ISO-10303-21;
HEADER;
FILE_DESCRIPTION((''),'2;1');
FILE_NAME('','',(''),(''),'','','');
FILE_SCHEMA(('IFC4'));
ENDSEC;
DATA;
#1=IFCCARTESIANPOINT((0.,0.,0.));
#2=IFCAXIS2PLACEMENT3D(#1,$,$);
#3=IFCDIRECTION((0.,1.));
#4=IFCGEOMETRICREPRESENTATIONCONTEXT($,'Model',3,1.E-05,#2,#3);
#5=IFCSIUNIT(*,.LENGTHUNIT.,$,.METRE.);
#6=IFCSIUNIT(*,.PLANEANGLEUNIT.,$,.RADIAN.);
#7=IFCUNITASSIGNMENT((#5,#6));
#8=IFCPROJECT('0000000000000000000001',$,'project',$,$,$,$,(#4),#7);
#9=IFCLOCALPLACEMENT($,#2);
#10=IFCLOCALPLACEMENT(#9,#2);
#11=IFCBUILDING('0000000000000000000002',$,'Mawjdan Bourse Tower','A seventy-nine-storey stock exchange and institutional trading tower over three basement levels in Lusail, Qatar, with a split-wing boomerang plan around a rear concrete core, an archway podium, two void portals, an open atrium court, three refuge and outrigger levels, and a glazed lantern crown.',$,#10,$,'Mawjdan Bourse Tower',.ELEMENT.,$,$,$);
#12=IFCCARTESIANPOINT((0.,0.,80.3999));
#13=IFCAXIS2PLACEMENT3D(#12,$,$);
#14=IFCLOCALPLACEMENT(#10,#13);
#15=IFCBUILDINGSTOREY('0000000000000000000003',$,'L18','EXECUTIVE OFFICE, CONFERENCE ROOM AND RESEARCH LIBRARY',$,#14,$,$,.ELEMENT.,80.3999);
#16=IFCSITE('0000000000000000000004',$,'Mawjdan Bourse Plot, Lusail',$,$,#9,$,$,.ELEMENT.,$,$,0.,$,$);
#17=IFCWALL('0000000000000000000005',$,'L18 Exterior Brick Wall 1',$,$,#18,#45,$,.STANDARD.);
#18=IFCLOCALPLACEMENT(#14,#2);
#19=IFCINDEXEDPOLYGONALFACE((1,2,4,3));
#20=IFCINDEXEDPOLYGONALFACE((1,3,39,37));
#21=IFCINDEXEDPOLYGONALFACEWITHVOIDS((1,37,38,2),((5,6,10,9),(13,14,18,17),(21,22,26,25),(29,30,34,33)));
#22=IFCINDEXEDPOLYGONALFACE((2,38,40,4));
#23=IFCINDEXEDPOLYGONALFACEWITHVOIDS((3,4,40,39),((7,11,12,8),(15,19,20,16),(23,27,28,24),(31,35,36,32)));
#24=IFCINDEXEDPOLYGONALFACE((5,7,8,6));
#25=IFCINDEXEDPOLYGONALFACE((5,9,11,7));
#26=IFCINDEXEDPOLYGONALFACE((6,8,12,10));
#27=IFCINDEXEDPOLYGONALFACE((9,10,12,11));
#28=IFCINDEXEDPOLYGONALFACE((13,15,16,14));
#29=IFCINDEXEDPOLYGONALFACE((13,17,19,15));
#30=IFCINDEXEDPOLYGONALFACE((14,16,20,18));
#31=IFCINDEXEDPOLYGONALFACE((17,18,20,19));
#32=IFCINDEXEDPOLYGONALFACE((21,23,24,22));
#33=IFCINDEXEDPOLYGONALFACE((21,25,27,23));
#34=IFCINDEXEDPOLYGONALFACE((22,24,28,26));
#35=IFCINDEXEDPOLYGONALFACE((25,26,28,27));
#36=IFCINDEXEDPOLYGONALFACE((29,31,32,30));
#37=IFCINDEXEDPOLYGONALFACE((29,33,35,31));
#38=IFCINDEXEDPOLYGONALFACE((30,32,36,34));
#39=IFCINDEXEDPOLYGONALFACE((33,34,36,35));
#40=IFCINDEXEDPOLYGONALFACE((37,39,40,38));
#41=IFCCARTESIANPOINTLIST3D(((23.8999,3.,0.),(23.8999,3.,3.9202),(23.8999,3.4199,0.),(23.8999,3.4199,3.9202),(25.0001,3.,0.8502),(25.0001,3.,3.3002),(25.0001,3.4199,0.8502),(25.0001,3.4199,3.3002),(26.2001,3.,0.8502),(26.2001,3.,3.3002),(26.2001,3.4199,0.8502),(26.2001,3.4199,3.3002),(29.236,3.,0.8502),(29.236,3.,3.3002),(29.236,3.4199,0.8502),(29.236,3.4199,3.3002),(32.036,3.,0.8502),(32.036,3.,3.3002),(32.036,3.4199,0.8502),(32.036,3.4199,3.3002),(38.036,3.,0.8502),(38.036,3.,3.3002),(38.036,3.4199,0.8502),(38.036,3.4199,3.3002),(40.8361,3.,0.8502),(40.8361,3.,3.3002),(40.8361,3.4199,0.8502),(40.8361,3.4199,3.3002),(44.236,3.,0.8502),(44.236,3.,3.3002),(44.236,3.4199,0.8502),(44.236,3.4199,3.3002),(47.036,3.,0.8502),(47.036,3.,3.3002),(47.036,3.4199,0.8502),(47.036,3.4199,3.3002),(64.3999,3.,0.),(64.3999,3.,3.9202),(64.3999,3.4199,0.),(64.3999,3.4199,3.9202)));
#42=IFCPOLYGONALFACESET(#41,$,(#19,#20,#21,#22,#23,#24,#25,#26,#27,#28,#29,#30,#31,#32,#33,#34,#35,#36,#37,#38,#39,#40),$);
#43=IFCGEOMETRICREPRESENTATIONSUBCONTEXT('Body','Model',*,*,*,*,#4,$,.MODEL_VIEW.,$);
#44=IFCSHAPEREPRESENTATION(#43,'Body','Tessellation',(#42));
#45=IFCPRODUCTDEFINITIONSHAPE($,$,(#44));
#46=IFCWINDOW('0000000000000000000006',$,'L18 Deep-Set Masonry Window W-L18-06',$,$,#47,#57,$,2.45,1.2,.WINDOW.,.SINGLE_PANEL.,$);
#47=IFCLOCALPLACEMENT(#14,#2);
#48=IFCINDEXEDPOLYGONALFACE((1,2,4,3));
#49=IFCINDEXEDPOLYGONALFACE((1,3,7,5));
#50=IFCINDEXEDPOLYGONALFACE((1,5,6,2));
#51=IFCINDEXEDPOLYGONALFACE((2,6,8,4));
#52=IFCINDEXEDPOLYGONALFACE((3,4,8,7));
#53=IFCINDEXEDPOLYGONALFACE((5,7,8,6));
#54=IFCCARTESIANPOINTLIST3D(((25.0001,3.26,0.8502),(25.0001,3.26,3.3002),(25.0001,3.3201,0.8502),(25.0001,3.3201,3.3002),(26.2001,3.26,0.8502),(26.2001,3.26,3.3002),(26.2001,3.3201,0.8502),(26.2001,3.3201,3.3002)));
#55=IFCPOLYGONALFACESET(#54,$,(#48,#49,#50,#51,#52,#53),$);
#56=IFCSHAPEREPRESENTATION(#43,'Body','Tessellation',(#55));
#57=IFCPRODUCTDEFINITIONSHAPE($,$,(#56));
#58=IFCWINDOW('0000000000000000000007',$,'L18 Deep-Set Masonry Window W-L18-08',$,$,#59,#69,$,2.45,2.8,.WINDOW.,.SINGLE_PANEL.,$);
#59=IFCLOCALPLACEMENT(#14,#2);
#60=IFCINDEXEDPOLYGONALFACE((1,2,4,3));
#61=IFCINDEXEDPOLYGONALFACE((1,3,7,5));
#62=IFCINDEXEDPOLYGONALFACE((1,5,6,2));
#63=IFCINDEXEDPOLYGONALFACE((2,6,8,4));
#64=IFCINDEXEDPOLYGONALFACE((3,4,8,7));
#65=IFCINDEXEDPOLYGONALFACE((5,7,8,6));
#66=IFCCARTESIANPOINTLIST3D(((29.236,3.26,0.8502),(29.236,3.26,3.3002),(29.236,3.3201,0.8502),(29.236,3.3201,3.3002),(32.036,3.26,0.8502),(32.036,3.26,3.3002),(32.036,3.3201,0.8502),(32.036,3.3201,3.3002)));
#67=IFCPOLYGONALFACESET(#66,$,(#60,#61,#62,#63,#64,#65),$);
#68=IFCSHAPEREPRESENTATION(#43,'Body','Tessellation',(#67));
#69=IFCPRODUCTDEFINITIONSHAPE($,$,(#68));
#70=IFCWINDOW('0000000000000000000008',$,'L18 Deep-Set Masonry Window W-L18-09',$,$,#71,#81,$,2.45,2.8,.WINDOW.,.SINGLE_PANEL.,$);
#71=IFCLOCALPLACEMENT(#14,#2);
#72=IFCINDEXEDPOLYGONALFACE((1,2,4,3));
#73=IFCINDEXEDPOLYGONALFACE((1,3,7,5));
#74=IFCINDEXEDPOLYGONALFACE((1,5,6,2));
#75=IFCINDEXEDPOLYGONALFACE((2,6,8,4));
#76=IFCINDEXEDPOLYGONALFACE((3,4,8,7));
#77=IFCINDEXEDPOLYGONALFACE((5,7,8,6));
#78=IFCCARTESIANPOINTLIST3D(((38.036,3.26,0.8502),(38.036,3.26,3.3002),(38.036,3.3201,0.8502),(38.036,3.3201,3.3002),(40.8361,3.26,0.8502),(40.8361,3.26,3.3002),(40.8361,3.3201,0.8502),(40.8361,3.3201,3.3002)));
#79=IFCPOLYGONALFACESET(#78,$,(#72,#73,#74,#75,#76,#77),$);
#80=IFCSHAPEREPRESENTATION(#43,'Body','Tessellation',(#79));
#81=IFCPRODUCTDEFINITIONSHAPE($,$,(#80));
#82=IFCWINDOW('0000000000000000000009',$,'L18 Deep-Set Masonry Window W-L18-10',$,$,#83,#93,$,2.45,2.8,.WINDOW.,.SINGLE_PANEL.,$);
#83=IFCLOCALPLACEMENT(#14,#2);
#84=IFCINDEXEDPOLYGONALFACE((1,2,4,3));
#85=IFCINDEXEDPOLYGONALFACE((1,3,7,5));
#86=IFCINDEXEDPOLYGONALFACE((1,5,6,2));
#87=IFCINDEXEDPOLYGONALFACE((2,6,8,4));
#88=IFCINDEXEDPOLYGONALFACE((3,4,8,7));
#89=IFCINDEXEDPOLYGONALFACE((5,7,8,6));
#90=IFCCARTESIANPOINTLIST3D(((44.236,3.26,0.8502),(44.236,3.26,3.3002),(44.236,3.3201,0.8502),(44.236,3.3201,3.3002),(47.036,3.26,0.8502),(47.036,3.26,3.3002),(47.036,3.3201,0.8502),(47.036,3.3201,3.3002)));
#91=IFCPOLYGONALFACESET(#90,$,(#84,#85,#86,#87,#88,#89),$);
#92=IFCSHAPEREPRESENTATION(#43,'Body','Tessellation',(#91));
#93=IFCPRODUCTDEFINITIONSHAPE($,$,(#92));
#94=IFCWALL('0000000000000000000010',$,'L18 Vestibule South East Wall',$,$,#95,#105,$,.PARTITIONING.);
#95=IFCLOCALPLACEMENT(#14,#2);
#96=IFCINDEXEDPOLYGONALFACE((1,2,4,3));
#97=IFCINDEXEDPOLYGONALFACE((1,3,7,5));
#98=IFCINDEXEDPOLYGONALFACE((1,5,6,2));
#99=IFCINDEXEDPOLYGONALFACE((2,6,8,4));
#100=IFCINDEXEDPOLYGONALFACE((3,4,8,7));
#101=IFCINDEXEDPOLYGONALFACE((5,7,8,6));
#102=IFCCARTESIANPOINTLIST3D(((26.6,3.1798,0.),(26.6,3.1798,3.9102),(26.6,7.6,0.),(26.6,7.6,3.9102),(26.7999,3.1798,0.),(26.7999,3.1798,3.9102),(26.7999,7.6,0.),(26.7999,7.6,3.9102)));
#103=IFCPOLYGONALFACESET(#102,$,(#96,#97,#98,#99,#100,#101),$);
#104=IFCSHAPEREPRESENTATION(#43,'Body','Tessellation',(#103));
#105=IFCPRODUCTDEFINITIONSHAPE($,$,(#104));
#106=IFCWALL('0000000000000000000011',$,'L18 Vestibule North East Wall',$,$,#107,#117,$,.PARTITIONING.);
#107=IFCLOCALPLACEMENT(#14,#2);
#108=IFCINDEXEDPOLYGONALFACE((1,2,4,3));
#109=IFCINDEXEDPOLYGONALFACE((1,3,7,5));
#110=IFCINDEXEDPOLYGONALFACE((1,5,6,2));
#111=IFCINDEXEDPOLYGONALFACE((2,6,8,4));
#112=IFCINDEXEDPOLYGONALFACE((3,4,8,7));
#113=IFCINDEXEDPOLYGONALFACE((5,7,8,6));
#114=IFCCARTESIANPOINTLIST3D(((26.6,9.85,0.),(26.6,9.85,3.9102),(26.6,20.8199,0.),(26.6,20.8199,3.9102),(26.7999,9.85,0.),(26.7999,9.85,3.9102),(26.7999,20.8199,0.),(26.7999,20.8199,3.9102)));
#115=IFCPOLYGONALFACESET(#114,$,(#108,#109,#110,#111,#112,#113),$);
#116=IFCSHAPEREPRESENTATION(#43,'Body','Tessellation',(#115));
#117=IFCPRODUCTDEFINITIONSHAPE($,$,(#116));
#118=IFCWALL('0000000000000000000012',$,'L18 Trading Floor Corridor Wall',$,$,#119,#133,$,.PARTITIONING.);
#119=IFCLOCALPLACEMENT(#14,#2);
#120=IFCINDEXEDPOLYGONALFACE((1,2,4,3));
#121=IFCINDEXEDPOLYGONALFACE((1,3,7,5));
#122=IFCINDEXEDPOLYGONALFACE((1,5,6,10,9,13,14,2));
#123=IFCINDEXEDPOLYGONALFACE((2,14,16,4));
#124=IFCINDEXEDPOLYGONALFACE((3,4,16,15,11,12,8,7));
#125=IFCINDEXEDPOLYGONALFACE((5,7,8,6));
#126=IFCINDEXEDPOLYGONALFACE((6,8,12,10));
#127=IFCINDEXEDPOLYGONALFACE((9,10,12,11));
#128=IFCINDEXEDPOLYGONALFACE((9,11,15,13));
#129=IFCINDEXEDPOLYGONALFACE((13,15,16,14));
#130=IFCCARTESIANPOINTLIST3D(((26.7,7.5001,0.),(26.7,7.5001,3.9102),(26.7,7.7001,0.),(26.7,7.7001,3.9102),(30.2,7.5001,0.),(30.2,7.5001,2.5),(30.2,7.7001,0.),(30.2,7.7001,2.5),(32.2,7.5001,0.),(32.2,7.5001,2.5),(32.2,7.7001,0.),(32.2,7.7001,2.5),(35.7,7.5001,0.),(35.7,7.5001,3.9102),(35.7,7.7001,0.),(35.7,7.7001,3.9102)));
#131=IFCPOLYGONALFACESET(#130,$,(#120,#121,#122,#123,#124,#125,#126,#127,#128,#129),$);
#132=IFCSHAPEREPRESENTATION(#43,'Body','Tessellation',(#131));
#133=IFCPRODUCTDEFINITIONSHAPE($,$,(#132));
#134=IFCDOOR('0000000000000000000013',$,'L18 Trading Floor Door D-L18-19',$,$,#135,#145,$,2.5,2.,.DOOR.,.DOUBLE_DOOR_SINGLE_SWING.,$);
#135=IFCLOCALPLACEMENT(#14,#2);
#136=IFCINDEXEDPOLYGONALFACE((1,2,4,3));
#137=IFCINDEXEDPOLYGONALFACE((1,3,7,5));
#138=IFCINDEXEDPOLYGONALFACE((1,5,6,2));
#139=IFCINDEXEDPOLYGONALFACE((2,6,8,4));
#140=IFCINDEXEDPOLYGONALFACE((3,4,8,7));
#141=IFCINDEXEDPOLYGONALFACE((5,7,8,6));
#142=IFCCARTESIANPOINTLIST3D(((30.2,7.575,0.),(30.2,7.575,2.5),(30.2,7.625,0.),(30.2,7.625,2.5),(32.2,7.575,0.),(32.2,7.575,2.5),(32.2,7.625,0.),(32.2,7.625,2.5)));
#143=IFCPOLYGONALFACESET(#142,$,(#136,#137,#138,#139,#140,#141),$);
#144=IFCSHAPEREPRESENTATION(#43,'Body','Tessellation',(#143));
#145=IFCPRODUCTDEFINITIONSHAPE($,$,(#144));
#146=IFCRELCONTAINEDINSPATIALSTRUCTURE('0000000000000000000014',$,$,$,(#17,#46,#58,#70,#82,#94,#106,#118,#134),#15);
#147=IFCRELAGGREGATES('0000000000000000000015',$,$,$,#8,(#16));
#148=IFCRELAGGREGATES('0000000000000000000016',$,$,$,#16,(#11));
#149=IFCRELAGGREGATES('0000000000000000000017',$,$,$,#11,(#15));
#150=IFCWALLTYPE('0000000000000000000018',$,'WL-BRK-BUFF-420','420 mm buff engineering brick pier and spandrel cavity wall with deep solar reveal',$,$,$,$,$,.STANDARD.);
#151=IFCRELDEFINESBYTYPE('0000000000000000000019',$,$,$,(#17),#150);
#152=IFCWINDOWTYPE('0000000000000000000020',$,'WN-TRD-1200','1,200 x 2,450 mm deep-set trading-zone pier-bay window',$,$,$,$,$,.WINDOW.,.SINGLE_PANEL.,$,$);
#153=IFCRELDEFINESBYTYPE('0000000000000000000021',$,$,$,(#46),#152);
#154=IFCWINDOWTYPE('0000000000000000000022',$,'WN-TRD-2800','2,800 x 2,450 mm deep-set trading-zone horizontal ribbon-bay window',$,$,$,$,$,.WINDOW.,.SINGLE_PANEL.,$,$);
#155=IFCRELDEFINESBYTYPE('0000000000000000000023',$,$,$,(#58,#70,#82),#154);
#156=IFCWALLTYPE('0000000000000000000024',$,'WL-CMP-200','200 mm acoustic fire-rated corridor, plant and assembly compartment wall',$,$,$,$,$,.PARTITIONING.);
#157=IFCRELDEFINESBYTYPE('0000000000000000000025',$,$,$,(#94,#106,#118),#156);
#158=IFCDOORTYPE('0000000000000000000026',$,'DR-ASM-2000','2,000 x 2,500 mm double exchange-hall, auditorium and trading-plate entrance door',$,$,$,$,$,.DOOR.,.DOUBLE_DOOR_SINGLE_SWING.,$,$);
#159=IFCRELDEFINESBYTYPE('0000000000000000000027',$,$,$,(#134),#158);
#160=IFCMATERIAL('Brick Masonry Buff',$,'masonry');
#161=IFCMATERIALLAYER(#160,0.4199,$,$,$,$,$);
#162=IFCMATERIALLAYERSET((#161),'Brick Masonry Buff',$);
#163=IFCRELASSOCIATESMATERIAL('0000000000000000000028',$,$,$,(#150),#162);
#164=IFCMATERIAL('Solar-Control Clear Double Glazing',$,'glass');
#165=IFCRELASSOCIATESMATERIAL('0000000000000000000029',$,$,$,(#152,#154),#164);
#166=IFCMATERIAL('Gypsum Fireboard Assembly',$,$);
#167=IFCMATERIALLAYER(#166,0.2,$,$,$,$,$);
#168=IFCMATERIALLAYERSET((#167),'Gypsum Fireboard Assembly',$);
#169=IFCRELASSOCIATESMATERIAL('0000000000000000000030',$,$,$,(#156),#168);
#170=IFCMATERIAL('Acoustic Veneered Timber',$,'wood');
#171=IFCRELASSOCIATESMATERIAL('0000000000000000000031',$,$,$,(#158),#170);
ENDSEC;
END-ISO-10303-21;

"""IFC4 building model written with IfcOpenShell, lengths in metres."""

from ifc_helpers import new_model, si_unit, direction, frame, frame_2d, origin, place, context, subcontext, project, spatial, rectangle, extrude, material, layer, layer_set, type_object, element, fill, save


model = new_model("IFC4")

# Units and contexts
model_context = context("Model", 3, precision=1e-05, world=origin(), true_north=direction((0.0, 1.0)))
body_context = subcontext(model_context, "Body", "Model", "MODEL_VIEW")
ifc_project = project(units=[si_unit("LENGTHUNIT", "METRE"), si_unit("PLANEANGLEUNIT", "RADIAN")], contexts=[model_context])

# Site, building, storey
site_placement = place(None, origin())
site = spatial("IfcSite", under=ifc_project, at=site_placement, Name="Mawjdan Bourse Plot, Lusail", CompositionType="ELEMENT", RefElevation=0.0)
building_placement = place(site_placement, origin())
building = spatial("IfcBuilding", under=site, at=building_placement, Name="Mawjdan Bourse Tower", Description="A seventy-nine-storey stock exchange and institutional trading tower over three basement levels in Lusail, Qatar, with a split-wing boomerang plan around a rear concrete core, an archway podium, two void portals, an open atrium court, three refuge and outrigger levels, and a glazed lantern crown.", LongName="Mawjdan Bourse Tower", CompositionType="ELEMENT")
storey_placement = place(building_placement, frame((0.0, 0.0, 80.3999)))
storey = spatial("IfcBuildingStorey", under=building, at=storey_placement, Name="L18", Description="EXECUTIVE OFFICE, CONFERENCE ROOM AND RESEARCH LIBRARY", CompositionType="ELEMENT", Elevation=80.3999)

# Wall, openings, windows
ifc_material_1 = material(Name="Brick Masonry Buff", Category="masonry")
ifc_layer_1 = layer(ifc_material_1, 0.4199)
ifc_layer_set_1 = layer_set([ifc_layer_1], Name="Brick Masonry Buff")
wall_type_1 = type_object("IfcWallType", Name="WL-BRK-BUFF-420", Description="420 mm buff engineering brick pier and spandrel cavity wall with deep solar reveal", PredefinedType="STANDARD", material=ifc_layer_set_1)
wall_1_placement = place(storey_placement, frame((23.8999, 3.21, 0.0), z_axis=(0.0, 0.0, 1.0), x_axis=(1.0, 0.0, 0.0)))
wall_1 = element("IfcWall", 1, at=wall_1_placement, inside=storey, type_object=wall_type_1, Name="L18 Exterior Brick Wall 1", PredefinedType="STANDARD", context=body_context, shape_type="SweptSolid", body=[
    extrude(rectangle(XDim=40.5, YDim=0.4199, at=frame_2d((20.25, 0.0))), origin(), (0.0, 0.0, 1.0), 3.9202),
])
opening_1_placement = place(wall_1_placement, frame((1.1001, 0.0, 0.8501)))
opening_1 = element("IfcOpeningElement", 2, at=opening_1_placement, cuts=wall_1, PredefinedType="OPENING", context=body_context, shape_type="SweptSolid", body=[
    extrude(rectangle(XDim=1.2, YDim=2.45, at=frame_2d((0.6001, 1.2251))), frame((0.0, 0.22, 0.0), z_axis=(0.0, -1.0, 0.0), x_axis=(1.0, 0.0, 0.0)), (0.0, 0.0, 1.0), 0.4399),
])
opening_2_placement = place(wall_1_placement, frame((5.3362, 0.0, 0.8501)))
opening_2 = element("IfcOpeningElement", 3, at=opening_2_placement, cuts=wall_1, PredefinedType="OPENING", context=body_context, shape_type="SweptSolid", body=[
    extrude(rectangle(XDim=2.8, YDim=2.45, at=frame_2d((1.3999, 1.2251))), frame((0.0, 0.22, 0.0), z_axis=(0.0, -1.0, 0.0), x_axis=(1.0, 0.0, 0.0)), (0.0, 0.0, 1.0), 0.4399),
])
opening_3_placement = place(wall_1_placement, frame((14.1362, 0.0, 0.8501)))
opening_3 = element("IfcOpeningElement", 4, at=opening_3_placement, cuts=wall_1, PredefinedType="OPENING", context=body_context, shape_type="SweptSolid", body=[
    extrude(rectangle(XDim=2.8, YDim=2.45, at=frame_2d((1.3999, 1.2251))), frame((0.0, 0.22, 0.0), z_axis=(0.0, -1.0, 0.0), x_axis=(1.0, 0.0, 0.0)), (0.0, 0.0, 1.0), 0.4399),
])
opening_4_placement = place(wall_1_placement, frame((20.3362, 0.0, 0.8501)))
opening_4 = element("IfcOpeningElement", 5, at=opening_4_placement, cuts=wall_1, PredefinedType="OPENING", context=body_context, shape_type="SweptSolid", body=[
    extrude(rectangle(XDim=2.8, YDim=2.45, at=frame_2d((1.3999, 1.2251))), frame((0.0, 0.22, 0.0), z_axis=(0.0, -1.0, 0.0), x_axis=(1.0, 0.0, 0.0)), (0.0, 0.0, 1.0), 0.4399),
])
ifc_material_2 = material(Name="Solar-Control Clear Double Glazing", Category="glass")
window_type_1 = type_object("IfcWindowType", Name="WN-TRD-1200", Description="1,200 x 2,450 mm deep-set trading-zone pier-bay window", PartitioningType="SINGLE_PANEL", PredefinedType="WINDOW", material=ifc_material_2)
window_1_placement = place(opening_1_placement, origin())
window_1 = element("IfcWindow", 6, at=window_1_placement, inside=storey, type_object=window_type_1, Name="L18 Deep-Set Masonry Window W-L18-06", OverallHeight=2.45, OverallWidth=1.2, PartitioningType="SINGLE_PANEL", PredefinedType="WINDOW", context=body_context, shape_type="SweptSolid", body=[
    extrude(rectangle(XDim=1.2, YDim=2.45, at=frame_2d((0.6001, 1.2251))), frame((0.0, 0.1101, 0.0), z_axis=(0.0, -1.0, 0.0), x_axis=(1.0, 0.0, 0.0)), (0.0, 0.0, 1.0), 0.0601),
])
fill(opening_1, window_1)
window_type_2 = type_object("IfcWindowType", Name="WN-TRD-2800", Description="2,800 x 2,450 mm deep-set trading-zone horizontal ribbon-bay window", PartitioningType="SINGLE_PANEL", PredefinedType="WINDOW", material=ifc_material_2)
window_2_placement = place(opening_2_placement, origin())
window_2 = element("IfcWindow", 7, at=window_2_placement, inside=storey, type_object=window_type_2, Name="L18 Deep-Set Masonry Window W-L18-08", OverallHeight=2.45, OverallWidth=2.8, PartitioningType="SINGLE_PANEL", PredefinedType="WINDOW", context=body_context, shape_type="SweptSolid", body=[
    extrude(rectangle(XDim=2.8, YDim=2.45, at=frame_2d((1.3999, 1.2251))), frame((0.0, 0.1101, 0.0), z_axis=(0.0, -1.0, 0.0), x_axis=(1.0, 0.0, 0.0)), (0.0, 0.0, 1.0), 0.0601),
])
fill(opening_2, window_2)
window_3_placement = place(opening_3_placement, origin())
window_3 = element("IfcWindow", 8, at=window_3_placement, inside=storey, type_object=window_type_2, Name="L18 Deep-Set Masonry Window W-L18-09", OverallHeight=2.45, OverallWidth=2.8, PartitioningType="SINGLE_PANEL", PredefinedType="WINDOW", context=body_context, shape_type="SweptSolid", body=[
    extrude(rectangle(XDim=2.8, YDim=2.45, at=frame_2d((1.3999, 1.2251))), frame((0.0, 0.1101, 0.0), z_axis=(0.0, -1.0, 0.0), x_axis=(1.0, 0.0, 0.0)), (0.0, 0.0, 1.0), 0.0601),
])
fill(opening_3, window_3)
window_4_placement = place(opening_4_placement, origin())
window_4 = element("IfcWindow", 9, at=window_4_placement, inside=storey, type_object=window_type_2, Name="L18 Deep-Set Masonry Window W-L18-10", OverallHeight=2.45, OverallWidth=2.8, PartitioningType="SINGLE_PANEL", PredefinedType="WINDOW", context=body_context, shape_type="SweptSolid", body=[
    extrude(rectangle(XDim=2.8, YDim=2.45, at=frame_2d((1.3999, 1.2251))), frame((0.0, 0.1101, 0.0), z_axis=(0.0, -1.0, 0.0), x_axis=(1.0, 0.0, 0.0)), (0.0, 0.0, 1.0), 0.0601),
])
fill(opening_4, window_4)

# Shared definitions
ifc_material_3 = material(Name="Gypsum Fireboard Assembly")
ifc_layer_2 = layer(ifc_material_3, 0.2)
ifc_layer_set_2 = layer_set([ifc_layer_2], Name="Gypsum Fireboard Assembly")
wall_type_2 = type_object("IfcWallType", Name="WL-CMP-200", Description="200 mm acoustic fire-rated corridor, plant and assembly compartment wall", PredefinedType="PARTITIONING", material=ifc_layer_set_2)

# Walls
wall_2_placement = place(storey_placement, frame((26.7, 3.1799, 0.0), z_axis=(0.0, 0.0, 1.0), x_axis=(0.0, 1.0, 0.0)))
element("IfcWall", 10, at=wall_2_placement, inside=storey, type_object=wall_type_2, Name="L18 Vestibule South East Wall", PredefinedType="PARTITIONING", context=body_context, shape_type="SweptSolid", body=[
    extrude(rectangle(XDim=4.4202, YDim=0.2, at=frame_2d((2.21, 0.0))), origin(), (0.0, 0.0, 1.0), 3.9102),
])
wall_3_placement = place(storey_placement, frame((26.7, 9.8501, 0.0), z_axis=(0.0, 0.0, 1.0), x_axis=(0.0, 1.0, 0.0)))
element("IfcWall", 11, at=wall_3_placement, inside=storey, type_object=wall_type_2, Name="L18 Vestibule North East Wall", PredefinedType="PARTITIONING", context=body_context, shape_type="SweptSolid", body=[
    extrude(rectangle(XDim=10.97, YDim=0.2, at=frame_2d((5.4849, 0.0))), origin(), (0.0, 0.0, 1.0), 3.9102),
])

# Wall, opening, door
wall_4_placement = place(storey_placement, frame((26.7, 7.6001, 0.0), z_axis=(0.0, 0.0, 1.0), x_axis=(1.0, 0.0, 0.0)))
wall_4 = element("IfcWall", 12, at=wall_4_placement, inside=storey, type_object=wall_type_2, Name="L18 Trading Floor Corridor Wall", PredefinedType="PARTITIONING", context=body_context, shape_type="SweptSolid", body=[
    extrude(rectangle(XDim=9.0, YDim=0.2, at=frame_2d((4.5, 0.0))), origin(), (0.0, 0.0, 1.0), 3.9102),
])
opening_5_placement = place(wall_4_placement, frame((3.5, 0.0, 0.0)))
opening_5 = element("IfcOpeningElement", 13, at=opening_5_placement, cuts=wall_4, PredefinedType="OPENING", context=body_context, shape_type="SweptSolid", body=[
    extrude(rectangle(XDim=2.0, YDim=2.5, at=frame_2d((1.0, 1.25))), frame((0.0, 0.1099, 0.0), z_axis=(0.0, -1.0, 0.0), x_axis=(1.0, 0.0, 0.0)), (0.0, 0.0, 1.0), 0.22),
])
ifc_material_4 = material(Name="Acoustic Veneered Timber", Category="wood")
door_type_1 = type_object("IfcDoorType", Name="DR-ASM-2000", Description="2,000 x 2,500 mm double exchange-hall, auditorium and trading-plate entrance door", OperationType="DOUBLE_DOOR_SINGLE_SWING", PredefinedType="DOOR", material=ifc_material_4)
door_1_placement = place(opening_5_placement, origin())
door_1 = element("IfcDoor", 14, at=door_1_placement, inside=storey, type_object=door_type_1, Name="L18 Trading Floor Door D-L18-19", OperationType="DOUBLE_DOOR_SINGLE_SWING", OverallHeight=2.5, OverallWidth=2.0, PredefinedType="DOOR", context=body_context, shape_type="SweptSolid", body=[
    extrude(rectangle(XDim=2.0, YDim=2.5, at=frame_2d((1.0, 1.25))), frame((0.0, 0.0249, 0.0), z_axis=(0.0, -1.0, 0.0), x_axis=(1.0, 0.0, 0.0)), (0.0, 0.0, 1.0), 0.05),
])
fill(opening_5, door_1)

save(model, "model.ifc")
